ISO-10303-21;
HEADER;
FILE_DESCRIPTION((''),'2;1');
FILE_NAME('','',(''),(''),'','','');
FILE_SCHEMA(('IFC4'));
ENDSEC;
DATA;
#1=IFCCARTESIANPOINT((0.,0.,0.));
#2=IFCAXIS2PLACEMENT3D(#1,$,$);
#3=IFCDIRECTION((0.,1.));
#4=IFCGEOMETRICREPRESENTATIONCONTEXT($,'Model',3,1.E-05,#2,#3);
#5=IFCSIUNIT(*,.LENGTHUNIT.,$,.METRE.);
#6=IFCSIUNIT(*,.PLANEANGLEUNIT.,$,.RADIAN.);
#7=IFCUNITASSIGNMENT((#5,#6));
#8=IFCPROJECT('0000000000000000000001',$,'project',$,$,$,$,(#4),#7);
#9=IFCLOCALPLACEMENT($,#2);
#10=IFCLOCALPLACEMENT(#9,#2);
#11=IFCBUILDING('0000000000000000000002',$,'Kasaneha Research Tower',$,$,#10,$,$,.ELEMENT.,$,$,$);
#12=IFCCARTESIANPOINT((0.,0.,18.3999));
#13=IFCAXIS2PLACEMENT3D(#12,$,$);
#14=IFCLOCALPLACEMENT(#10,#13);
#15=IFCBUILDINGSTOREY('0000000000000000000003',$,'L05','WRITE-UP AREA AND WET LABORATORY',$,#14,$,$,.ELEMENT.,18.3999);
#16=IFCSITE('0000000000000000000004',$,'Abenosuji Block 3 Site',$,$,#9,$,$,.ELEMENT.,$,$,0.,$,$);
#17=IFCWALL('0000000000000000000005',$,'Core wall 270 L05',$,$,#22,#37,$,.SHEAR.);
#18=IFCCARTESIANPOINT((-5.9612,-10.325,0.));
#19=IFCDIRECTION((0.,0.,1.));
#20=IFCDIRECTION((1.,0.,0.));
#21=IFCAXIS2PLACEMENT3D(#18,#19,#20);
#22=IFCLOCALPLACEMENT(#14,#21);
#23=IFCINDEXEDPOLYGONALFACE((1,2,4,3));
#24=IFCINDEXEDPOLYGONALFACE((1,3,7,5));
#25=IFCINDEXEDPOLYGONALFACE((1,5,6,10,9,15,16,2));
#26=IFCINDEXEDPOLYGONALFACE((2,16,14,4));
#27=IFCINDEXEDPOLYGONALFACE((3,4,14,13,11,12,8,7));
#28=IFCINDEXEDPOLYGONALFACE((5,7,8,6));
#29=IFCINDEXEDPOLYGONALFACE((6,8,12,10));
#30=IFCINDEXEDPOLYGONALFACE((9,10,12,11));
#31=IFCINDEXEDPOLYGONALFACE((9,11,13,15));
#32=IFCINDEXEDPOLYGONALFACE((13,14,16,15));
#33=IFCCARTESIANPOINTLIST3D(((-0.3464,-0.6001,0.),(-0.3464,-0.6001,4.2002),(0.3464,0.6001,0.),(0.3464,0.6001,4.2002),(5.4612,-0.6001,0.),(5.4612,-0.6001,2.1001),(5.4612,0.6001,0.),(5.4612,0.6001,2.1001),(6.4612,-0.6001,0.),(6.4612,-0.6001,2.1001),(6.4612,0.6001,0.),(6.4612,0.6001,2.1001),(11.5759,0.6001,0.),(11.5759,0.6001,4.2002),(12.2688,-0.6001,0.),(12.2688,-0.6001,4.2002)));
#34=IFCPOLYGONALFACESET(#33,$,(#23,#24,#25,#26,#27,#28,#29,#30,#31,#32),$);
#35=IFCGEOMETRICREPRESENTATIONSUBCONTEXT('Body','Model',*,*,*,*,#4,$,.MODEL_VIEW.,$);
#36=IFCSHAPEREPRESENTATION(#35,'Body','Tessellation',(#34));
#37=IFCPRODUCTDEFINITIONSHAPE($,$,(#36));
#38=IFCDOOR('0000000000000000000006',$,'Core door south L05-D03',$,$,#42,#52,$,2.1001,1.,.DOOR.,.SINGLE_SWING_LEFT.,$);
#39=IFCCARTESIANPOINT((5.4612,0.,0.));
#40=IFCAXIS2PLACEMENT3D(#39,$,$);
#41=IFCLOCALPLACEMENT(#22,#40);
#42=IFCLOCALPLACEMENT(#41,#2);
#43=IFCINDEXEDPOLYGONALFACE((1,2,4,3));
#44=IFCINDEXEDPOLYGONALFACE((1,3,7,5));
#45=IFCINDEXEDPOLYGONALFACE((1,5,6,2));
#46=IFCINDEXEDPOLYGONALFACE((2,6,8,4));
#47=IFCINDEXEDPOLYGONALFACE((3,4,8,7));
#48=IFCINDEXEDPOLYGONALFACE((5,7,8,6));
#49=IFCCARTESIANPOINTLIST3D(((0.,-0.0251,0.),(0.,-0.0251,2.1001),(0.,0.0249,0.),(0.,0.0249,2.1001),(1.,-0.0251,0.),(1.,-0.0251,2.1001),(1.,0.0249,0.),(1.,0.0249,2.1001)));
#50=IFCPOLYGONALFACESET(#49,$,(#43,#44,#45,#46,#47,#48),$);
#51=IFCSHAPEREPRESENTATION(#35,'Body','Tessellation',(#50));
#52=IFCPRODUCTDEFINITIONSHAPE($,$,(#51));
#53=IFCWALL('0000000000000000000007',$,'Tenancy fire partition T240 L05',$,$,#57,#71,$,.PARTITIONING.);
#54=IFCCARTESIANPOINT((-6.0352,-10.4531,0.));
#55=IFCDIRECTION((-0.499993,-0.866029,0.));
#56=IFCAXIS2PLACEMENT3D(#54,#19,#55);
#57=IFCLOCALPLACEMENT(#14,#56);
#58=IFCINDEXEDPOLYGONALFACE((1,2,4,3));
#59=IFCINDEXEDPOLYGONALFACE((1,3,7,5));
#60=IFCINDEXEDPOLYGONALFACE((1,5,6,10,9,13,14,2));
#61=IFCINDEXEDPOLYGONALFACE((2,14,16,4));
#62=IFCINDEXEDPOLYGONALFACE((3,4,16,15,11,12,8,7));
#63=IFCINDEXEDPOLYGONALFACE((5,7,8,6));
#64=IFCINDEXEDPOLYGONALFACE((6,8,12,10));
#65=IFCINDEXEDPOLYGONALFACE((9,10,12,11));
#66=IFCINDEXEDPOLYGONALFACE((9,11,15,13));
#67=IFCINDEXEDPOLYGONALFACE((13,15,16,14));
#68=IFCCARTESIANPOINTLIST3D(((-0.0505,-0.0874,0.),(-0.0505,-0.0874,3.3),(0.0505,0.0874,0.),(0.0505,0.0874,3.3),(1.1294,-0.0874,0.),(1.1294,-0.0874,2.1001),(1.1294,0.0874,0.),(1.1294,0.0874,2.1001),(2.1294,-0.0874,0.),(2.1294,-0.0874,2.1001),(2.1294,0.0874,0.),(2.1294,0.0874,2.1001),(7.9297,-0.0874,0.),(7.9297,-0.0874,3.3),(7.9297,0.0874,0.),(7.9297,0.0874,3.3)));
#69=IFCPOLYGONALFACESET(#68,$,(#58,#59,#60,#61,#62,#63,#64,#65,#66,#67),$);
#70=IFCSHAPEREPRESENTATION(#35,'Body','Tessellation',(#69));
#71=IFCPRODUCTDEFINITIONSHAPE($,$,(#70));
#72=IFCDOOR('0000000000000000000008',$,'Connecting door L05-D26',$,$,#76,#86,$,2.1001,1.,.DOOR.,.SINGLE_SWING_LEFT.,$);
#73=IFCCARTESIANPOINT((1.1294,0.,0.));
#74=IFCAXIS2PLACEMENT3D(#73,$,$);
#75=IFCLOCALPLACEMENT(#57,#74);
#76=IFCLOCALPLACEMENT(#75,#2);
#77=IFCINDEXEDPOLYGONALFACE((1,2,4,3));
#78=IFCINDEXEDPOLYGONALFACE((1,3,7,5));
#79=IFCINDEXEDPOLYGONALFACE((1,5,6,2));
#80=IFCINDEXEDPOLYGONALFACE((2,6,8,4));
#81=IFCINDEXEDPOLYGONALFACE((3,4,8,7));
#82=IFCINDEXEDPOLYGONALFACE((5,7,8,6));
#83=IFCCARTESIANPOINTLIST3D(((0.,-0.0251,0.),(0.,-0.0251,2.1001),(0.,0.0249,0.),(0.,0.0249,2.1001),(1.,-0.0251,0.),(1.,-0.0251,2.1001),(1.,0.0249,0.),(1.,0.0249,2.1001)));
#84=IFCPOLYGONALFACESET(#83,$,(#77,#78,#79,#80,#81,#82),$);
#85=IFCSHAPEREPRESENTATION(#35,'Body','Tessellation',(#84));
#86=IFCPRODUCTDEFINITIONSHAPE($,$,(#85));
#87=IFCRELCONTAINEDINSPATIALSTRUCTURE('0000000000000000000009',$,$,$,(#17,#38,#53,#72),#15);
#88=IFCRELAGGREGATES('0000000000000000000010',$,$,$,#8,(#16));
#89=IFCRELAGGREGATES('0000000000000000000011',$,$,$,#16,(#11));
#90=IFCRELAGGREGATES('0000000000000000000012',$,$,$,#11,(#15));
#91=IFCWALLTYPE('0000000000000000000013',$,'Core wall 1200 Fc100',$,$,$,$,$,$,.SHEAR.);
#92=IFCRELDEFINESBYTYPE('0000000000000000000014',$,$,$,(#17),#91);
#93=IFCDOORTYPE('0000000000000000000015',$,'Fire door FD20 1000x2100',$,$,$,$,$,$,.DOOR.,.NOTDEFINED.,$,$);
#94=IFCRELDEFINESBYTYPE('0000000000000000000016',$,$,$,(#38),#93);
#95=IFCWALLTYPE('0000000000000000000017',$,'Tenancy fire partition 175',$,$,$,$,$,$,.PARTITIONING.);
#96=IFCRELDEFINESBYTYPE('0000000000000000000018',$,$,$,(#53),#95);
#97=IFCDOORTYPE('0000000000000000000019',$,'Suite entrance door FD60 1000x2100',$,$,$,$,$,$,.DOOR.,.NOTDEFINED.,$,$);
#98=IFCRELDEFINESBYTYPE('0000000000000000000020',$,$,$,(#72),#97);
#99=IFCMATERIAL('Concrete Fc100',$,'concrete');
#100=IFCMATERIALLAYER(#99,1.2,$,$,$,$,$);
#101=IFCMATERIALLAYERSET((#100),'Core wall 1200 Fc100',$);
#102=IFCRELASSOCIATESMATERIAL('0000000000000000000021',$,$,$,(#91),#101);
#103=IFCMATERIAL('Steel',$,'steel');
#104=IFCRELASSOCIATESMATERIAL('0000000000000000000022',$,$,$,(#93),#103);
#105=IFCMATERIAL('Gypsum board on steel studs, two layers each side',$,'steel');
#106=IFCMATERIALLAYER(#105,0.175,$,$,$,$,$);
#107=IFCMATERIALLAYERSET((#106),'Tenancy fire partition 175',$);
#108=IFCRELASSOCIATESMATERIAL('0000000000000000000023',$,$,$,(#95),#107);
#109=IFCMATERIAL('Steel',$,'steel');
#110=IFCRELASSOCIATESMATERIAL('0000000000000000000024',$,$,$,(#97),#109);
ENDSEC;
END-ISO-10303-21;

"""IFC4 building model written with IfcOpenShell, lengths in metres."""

from ifc_helpers import new_model, si_unit, direction, frame, frame_2d, origin, place, context, subcontext, project, spatial, polyline, rectangle, outline, extrude, material, layer, layer_set, type_object, element, fill, save


model = new_model("IFC4")

# Units and contexts
model_context = context("Model", 3, precision=1e-05, world=origin(), true_north=direction((0.0, 1.0)))
body_context = subcontext(model_context, "Body", "Model", "MODEL_VIEW")
ifc_project = project(units=[si_unit("LENGTHUNIT", "METRE"), si_unit("PLANEANGLEUNIT", "RADIAN")], contexts=[model_context])

# Site, building, storey
site_placement = place(None, origin())
site = spatial("IfcSite", under=ifc_project, at=site_placement, Name="Abenosuji Block 3 Site", CompositionType="ELEMENT", RefElevation=0.0)
building_placement = place(site_placement, origin())
building = spatial("IfcBuilding", under=site, at=building_placement, Name="Kasaneha Research Tower", CompositionType="ELEMENT")
storey_placement = place(building_placement, frame((0.0, 0.0, 18.3999)))
storey = spatial("IfcBuildingStorey", under=building, at=storey_placement, Name="L05", Description="WRITE-UP AREA AND WET LABORATORY", CompositionType="ELEMENT", Elevation=18.3999)

# Walls, openings, doors
ifc_material_1 = material(Name="Concrete Fc100", Category="concrete")
ifc_layer_1 = layer(ifc_material_1, 1.2)
ifc_layer_set_1 = layer_set([ifc_layer_1], Name="Core wall 1200 Fc100")
wall_type_1 = type_object("IfcWallType", Name="Core wall 1200 Fc100", PredefinedType="SHEAR", material=ifc_layer_set_1)
wall_1_placement = place(storey_placement, frame((-5.9612, -10.325, 0.0), z_axis=(0.0, 0.0, 1.0), x_axis=(1.0, 0.0, 0.0)))
wall_1 = element("IfcWall", 1, at=wall_1_placement, inside=storey, type_object=wall_type_1, Name="Core wall 270 L05", PredefinedType="SHEAR", context=body_context, shape_type="SweptSolid", body=[
    extrude(outline(polyline([(-0.3464, -0.6001), (5.4612, -0.6001), (6.4612, -0.6001), (12.2688, -0.6001), (11.5759, 0.6001), (6.4612, 0.6001), (5.4612, 0.6001), (0.3464, 0.6001), (-0.3464, -0.6001)])), origin(), (0.0, 0.0, 1.0), 4.2002),
])
opening_1_placement = place(wall_1_placement, frame((5.4612, 0.0, 0.0)))
opening_1 = element("IfcOpeningElement", 2, at=opening_1_placement, cuts=wall_1, PredefinedType="OPENING", context=body_context, shape_type="SweptSolid", body=[
    extrude(rectangle(XDim=1.0, YDim=2.1001, at=frame_2d((0.5, 1.05))), frame((0.0, 0.6099, 0.0), z_axis=(0.0, -1.0, 0.0), x_axis=(1.0, 0.0, 0.0)), (0.0, 0.0, 1.0), 1.22),
])
ifc_material_2 = material(Name="Steel", Category="steel")
door_type_1 = type_object("IfcDoorType", Name="Fire door FD20 1000x2100", OperationType="NOTDEFINED", PredefinedType="DOOR", material=ifc_material_2)
door_1_placement = place(opening_1_placement, origin())
door_1 = element("IfcDoor", 3, at=door_1_placement, inside=storey, type_object=door_type_1, Name="Core door south L05-D03", OperationType="SINGLE_SWING_LEFT", OverallHeight=2.1001, OverallWidth=1.0, PredefinedType="DOOR", context=body_context, shape_type="SweptSolid", body=[
    extrude(rectangle(XDim=1.0, YDim=2.1001, at=frame_2d((0.5, 1.05))), frame((0.0, 0.0249, 0.0), z_axis=(0.0, -1.0, 0.0), x_axis=(1.0, 0.0, 0.0)), (0.0, 0.0, 1.0), 0.05),
])
fill(opening_1, door_1)
ifc_material_3 = material(Name="Gypsum board on steel studs, two layers each side", Category="steel")
ifc_layer_2 = layer(ifc_material_3, 0.175)
ifc_layer_set_2 = layer_set([ifc_layer_2], Name="Tenancy fire partition 175")
wall_type_2 = type_object("IfcWallType", Name="Tenancy fire partition 175", PredefinedType="PARTITIONING", material=ifc_layer_set_2)
wall_2_placement = place(storey_placement, frame((-6.0352, -10.4531, 0.0), z_axis=(0.0, 0.0, 1.0), x_axis=(-0.499993, -0.866029, 0.0)))
wall_2 = element("IfcWall", 4, at=wall_2_placement, inside=storey, type_object=wall_type_2, Name="Tenancy fire partition T240 L05", PredefinedType="PARTITIONING", context=body_context, shape_type="SweptSolid", body=[
    extrude(outline(polyline([(-0.0505, -0.0874), (1.1294, -0.0874), (2.1294, -0.0874), (7.9297, -0.0874), (7.9297, 0.0874), (2.1294, 0.0874), (1.1294, 0.0874), (0.0505, 0.0874), (-0.0505, -0.0874)])), origin(), (0.0, 0.0, 1.0), 3.3),
])
opening_2_placement = place(wall_2_placement, frame((1.1294, 0.0, 0.0)))
opening_2 = element("IfcOpeningElement", 5, at=opening_2_placement, cuts=wall_2, PredefinedType="OPENING", context=body_context, shape_type="SweptSolid", body=[
    extrude(rectangle(XDim=1.0, YDim=2.1001, at=frame_2d((0.5, 1.05))), frame((0.0, 0.0977, 0.0), z_axis=(0.0, -1.0, 0.0), x_axis=(1.0, 0.0, 0.0)), (0.0, 0.0, 1.0), 0.1951),
])
ifc_material_4 = material(Name="Steel", Category="steel")
door_type_2 = type_object("IfcDoorType", Name="Suite entrance door FD60 1000x2100", OperationType="NOTDEFINED", PredefinedType="DOOR", material=ifc_material_4)
door_2_placement = place(opening_2_placement, origin())
door_2 = element("IfcDoor", 6, at=door_2_placement, inside=storey, type_object=door_type_2, Name="Connecting door L05-D26", OperationType="SINGLE_SWING_LEFT", OverallHeight=2.1001, OverallWidth=1.0, PredefinedType="DOOR", context=body_context, shape_type="SweptSolid", body=[
    extrude(rectangle(XDim=1.0, YDim=2.1001, at=frame_2d((0.5, 1.05))), frame((0.0, 0.0249, 0.0), z_axis=(0.0, -1.0, 0.0), x_axis=(1.0, 0.0, 0.0)), (0.0, 0.0, 1.0), 0.05),
])
fill(opening_2, door_2)

save(model, "model.ifc")
